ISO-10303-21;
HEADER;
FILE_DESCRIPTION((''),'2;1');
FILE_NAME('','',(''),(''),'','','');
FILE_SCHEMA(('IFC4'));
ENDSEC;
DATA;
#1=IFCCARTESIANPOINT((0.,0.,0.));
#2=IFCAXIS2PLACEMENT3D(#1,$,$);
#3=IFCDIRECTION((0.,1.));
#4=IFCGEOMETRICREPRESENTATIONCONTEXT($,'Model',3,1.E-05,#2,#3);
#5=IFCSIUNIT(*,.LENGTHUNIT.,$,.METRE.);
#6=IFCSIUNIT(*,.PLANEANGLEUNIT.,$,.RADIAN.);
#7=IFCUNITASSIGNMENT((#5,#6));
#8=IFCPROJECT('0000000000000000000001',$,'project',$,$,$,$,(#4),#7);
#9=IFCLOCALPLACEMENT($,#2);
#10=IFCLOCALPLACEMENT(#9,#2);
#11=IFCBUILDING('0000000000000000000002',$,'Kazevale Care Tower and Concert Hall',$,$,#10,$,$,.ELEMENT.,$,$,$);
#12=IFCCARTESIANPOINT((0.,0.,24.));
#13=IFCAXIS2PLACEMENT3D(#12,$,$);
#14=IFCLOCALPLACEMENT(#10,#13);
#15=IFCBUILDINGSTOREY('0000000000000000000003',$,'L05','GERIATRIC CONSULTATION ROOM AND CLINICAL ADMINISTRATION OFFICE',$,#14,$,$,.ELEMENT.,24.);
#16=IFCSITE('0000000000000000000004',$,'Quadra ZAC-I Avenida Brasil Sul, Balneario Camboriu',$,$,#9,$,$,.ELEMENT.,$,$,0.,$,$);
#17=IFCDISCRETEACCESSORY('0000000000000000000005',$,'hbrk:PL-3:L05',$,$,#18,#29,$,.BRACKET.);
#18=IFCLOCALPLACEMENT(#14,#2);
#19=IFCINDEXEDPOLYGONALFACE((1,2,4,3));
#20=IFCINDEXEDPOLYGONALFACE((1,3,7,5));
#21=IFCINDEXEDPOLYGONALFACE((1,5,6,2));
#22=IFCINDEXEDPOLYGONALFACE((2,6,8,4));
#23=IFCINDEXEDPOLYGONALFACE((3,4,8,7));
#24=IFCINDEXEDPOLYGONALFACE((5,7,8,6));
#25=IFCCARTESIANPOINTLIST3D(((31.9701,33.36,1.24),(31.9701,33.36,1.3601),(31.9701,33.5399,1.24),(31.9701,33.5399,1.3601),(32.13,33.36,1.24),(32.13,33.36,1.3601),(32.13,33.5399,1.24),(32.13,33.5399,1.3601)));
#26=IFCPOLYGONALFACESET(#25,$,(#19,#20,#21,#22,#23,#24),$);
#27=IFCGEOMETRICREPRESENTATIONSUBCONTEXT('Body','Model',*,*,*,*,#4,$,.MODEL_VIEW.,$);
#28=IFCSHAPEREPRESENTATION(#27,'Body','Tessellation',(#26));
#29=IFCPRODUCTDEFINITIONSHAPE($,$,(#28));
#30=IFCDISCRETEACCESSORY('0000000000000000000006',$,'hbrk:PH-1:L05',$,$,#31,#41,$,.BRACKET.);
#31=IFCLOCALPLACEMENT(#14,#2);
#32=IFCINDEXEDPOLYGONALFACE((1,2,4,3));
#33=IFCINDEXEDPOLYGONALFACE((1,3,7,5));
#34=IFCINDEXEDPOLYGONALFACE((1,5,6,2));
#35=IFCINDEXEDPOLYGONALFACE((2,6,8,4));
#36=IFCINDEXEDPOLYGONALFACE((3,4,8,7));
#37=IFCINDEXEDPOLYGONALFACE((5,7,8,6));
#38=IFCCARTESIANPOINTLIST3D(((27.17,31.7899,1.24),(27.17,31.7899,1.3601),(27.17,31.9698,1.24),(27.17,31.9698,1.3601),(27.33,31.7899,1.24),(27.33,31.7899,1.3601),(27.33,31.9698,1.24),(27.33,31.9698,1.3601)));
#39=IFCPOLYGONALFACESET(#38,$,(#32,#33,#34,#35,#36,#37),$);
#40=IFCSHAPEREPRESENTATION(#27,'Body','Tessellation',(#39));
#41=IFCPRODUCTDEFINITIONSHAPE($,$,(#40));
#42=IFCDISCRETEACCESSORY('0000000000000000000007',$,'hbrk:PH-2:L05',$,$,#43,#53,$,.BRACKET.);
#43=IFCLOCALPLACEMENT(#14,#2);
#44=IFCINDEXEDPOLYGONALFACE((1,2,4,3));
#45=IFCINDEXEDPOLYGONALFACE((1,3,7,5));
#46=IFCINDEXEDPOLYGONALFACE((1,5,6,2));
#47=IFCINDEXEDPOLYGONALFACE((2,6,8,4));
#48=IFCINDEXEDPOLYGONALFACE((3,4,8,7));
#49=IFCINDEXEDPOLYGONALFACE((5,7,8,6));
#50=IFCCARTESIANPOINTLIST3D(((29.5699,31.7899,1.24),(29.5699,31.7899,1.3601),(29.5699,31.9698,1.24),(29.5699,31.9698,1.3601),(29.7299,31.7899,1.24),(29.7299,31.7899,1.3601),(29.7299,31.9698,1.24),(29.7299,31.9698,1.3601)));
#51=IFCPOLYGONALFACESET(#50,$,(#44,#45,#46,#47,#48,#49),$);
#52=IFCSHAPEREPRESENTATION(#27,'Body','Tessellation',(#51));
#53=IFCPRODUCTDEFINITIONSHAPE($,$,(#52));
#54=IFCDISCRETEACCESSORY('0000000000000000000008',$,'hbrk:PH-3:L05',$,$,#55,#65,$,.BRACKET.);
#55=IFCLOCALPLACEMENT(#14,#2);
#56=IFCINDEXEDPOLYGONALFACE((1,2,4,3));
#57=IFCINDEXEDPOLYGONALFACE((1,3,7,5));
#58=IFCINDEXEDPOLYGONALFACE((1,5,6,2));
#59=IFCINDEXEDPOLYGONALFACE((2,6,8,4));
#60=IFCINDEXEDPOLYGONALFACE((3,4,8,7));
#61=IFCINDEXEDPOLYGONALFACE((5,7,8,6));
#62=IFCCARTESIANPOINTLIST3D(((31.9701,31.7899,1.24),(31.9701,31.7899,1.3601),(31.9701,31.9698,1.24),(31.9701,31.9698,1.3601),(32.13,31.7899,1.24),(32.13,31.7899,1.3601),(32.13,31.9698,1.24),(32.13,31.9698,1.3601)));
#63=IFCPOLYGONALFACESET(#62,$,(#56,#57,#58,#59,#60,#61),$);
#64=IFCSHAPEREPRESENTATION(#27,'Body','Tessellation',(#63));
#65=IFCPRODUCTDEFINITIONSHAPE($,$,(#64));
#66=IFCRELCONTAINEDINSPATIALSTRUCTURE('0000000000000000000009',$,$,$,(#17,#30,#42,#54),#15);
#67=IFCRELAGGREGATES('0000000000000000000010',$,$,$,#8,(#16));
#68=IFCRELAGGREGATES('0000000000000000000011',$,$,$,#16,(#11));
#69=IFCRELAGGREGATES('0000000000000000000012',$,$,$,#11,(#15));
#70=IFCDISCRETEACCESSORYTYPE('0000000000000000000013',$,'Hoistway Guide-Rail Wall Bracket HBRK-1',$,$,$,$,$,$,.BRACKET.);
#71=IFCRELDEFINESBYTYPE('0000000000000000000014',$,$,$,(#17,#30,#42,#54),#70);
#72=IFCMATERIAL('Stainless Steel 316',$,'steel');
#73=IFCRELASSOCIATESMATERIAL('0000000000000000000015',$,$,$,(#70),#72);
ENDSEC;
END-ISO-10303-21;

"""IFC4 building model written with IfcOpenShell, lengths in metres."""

from ifc_helpers import new_model, si_unit, direction, frame, origin, origin_2d, place, context, subcontext, project, spatial, rectangle, extrude, material, type_object, element, save


model = new_model("IFC4")

# Units and contexts
model_context = context("Model", 3, precision=1e-05, world=origin(), true_north=direction((0.0, 1.0)))
body_context = subcontext(model_context, "Body", "Model", "MODEL_VIEW")
ifc_project = project(units=[si_unit("LENGTHUNIT", "METRE"), si_unit("PLANEANGLEUNIT", "RADIAN")], contexts=[model_context])

# Site, building, storey
site_placement = place(None, origin())
site = spatial("IfcSite", under=ifc_project, at=site_placement, Name="Quadra ZAC-I Avenida Brasil Sul, Balneario Camboriu", CompositionType="ELEMENT", RefElevation=0.0)
building_placement = place(site_placement, origin())
building = spatial("IfcBuilding", under=site, at=building_placement, Name="Kazevale Care Tower and Concert Hall", CompositionType="ELEMENT")
storey_placement = place(building_placement, frame((0.0, 0.0, 24.0)))
storey = spatial("IfcBuildingStorey", under=building, at=storey_placement, Name="L05", Description="GERIATRIC CONSULTATION ROOM AND CLINICAL ADMINISTRATION OFFICE", CompositionType="ELEMENT", Elevation=24.0)

# Shared definitions
ifc_material_1 = material(Name="Stainless Steel 316", Category="steel")

# Discrete accessories
discrete_accessory_type = type_object("IfcDiscreteAccessoryType", Name="Hoistway Guide-Rail Wall Bracket HBRK-1", PredefinedType="BRACKET", material=ifc_material_1)
for number, where, z_axis, x_axis, name in (
    (1, (32.05, 33.45, 1.24), (0.0, 0.0, 1.0), (1.0, 0.0, 0.0), "hbrk:PL-3:L05"),
    (2, (27.25, 31.8799, 1.24), (0.0, 0.0, 1.0), (1.0, 0.0, 0.0), "hbrk:PH-1:L05"),
    (3, (29.6499, 31.8799, 1.24), (0.0, 0.0, 1.0), (1.0, 0.0, 0.0), "hbrk:PH-2:L05"),
    (4, (32.05, 31.8799, 1.24), (0.0, 0.0, 1.0), (1.0, 0.0, 0.0), "hbrk:PH-3:L05"),
):
    element("IfcDiscreteAccessory", number, at=place(storey_placement, frame(where, z_axis=z_axis, x_axis=x_axis)), inside=storey, type_object=discrete_accessory_type, Name=name, PredefinedType="BRACKET", context=body_context, shape_type="SweptSolid", body=[
        extrude(rectangle(XDim=0.1599, YDim=0.1799, at=origin_2d()), origin(), (0.0, 0.0, 1.0), 0.1201),
    ])

save(model, "model.ifc")
